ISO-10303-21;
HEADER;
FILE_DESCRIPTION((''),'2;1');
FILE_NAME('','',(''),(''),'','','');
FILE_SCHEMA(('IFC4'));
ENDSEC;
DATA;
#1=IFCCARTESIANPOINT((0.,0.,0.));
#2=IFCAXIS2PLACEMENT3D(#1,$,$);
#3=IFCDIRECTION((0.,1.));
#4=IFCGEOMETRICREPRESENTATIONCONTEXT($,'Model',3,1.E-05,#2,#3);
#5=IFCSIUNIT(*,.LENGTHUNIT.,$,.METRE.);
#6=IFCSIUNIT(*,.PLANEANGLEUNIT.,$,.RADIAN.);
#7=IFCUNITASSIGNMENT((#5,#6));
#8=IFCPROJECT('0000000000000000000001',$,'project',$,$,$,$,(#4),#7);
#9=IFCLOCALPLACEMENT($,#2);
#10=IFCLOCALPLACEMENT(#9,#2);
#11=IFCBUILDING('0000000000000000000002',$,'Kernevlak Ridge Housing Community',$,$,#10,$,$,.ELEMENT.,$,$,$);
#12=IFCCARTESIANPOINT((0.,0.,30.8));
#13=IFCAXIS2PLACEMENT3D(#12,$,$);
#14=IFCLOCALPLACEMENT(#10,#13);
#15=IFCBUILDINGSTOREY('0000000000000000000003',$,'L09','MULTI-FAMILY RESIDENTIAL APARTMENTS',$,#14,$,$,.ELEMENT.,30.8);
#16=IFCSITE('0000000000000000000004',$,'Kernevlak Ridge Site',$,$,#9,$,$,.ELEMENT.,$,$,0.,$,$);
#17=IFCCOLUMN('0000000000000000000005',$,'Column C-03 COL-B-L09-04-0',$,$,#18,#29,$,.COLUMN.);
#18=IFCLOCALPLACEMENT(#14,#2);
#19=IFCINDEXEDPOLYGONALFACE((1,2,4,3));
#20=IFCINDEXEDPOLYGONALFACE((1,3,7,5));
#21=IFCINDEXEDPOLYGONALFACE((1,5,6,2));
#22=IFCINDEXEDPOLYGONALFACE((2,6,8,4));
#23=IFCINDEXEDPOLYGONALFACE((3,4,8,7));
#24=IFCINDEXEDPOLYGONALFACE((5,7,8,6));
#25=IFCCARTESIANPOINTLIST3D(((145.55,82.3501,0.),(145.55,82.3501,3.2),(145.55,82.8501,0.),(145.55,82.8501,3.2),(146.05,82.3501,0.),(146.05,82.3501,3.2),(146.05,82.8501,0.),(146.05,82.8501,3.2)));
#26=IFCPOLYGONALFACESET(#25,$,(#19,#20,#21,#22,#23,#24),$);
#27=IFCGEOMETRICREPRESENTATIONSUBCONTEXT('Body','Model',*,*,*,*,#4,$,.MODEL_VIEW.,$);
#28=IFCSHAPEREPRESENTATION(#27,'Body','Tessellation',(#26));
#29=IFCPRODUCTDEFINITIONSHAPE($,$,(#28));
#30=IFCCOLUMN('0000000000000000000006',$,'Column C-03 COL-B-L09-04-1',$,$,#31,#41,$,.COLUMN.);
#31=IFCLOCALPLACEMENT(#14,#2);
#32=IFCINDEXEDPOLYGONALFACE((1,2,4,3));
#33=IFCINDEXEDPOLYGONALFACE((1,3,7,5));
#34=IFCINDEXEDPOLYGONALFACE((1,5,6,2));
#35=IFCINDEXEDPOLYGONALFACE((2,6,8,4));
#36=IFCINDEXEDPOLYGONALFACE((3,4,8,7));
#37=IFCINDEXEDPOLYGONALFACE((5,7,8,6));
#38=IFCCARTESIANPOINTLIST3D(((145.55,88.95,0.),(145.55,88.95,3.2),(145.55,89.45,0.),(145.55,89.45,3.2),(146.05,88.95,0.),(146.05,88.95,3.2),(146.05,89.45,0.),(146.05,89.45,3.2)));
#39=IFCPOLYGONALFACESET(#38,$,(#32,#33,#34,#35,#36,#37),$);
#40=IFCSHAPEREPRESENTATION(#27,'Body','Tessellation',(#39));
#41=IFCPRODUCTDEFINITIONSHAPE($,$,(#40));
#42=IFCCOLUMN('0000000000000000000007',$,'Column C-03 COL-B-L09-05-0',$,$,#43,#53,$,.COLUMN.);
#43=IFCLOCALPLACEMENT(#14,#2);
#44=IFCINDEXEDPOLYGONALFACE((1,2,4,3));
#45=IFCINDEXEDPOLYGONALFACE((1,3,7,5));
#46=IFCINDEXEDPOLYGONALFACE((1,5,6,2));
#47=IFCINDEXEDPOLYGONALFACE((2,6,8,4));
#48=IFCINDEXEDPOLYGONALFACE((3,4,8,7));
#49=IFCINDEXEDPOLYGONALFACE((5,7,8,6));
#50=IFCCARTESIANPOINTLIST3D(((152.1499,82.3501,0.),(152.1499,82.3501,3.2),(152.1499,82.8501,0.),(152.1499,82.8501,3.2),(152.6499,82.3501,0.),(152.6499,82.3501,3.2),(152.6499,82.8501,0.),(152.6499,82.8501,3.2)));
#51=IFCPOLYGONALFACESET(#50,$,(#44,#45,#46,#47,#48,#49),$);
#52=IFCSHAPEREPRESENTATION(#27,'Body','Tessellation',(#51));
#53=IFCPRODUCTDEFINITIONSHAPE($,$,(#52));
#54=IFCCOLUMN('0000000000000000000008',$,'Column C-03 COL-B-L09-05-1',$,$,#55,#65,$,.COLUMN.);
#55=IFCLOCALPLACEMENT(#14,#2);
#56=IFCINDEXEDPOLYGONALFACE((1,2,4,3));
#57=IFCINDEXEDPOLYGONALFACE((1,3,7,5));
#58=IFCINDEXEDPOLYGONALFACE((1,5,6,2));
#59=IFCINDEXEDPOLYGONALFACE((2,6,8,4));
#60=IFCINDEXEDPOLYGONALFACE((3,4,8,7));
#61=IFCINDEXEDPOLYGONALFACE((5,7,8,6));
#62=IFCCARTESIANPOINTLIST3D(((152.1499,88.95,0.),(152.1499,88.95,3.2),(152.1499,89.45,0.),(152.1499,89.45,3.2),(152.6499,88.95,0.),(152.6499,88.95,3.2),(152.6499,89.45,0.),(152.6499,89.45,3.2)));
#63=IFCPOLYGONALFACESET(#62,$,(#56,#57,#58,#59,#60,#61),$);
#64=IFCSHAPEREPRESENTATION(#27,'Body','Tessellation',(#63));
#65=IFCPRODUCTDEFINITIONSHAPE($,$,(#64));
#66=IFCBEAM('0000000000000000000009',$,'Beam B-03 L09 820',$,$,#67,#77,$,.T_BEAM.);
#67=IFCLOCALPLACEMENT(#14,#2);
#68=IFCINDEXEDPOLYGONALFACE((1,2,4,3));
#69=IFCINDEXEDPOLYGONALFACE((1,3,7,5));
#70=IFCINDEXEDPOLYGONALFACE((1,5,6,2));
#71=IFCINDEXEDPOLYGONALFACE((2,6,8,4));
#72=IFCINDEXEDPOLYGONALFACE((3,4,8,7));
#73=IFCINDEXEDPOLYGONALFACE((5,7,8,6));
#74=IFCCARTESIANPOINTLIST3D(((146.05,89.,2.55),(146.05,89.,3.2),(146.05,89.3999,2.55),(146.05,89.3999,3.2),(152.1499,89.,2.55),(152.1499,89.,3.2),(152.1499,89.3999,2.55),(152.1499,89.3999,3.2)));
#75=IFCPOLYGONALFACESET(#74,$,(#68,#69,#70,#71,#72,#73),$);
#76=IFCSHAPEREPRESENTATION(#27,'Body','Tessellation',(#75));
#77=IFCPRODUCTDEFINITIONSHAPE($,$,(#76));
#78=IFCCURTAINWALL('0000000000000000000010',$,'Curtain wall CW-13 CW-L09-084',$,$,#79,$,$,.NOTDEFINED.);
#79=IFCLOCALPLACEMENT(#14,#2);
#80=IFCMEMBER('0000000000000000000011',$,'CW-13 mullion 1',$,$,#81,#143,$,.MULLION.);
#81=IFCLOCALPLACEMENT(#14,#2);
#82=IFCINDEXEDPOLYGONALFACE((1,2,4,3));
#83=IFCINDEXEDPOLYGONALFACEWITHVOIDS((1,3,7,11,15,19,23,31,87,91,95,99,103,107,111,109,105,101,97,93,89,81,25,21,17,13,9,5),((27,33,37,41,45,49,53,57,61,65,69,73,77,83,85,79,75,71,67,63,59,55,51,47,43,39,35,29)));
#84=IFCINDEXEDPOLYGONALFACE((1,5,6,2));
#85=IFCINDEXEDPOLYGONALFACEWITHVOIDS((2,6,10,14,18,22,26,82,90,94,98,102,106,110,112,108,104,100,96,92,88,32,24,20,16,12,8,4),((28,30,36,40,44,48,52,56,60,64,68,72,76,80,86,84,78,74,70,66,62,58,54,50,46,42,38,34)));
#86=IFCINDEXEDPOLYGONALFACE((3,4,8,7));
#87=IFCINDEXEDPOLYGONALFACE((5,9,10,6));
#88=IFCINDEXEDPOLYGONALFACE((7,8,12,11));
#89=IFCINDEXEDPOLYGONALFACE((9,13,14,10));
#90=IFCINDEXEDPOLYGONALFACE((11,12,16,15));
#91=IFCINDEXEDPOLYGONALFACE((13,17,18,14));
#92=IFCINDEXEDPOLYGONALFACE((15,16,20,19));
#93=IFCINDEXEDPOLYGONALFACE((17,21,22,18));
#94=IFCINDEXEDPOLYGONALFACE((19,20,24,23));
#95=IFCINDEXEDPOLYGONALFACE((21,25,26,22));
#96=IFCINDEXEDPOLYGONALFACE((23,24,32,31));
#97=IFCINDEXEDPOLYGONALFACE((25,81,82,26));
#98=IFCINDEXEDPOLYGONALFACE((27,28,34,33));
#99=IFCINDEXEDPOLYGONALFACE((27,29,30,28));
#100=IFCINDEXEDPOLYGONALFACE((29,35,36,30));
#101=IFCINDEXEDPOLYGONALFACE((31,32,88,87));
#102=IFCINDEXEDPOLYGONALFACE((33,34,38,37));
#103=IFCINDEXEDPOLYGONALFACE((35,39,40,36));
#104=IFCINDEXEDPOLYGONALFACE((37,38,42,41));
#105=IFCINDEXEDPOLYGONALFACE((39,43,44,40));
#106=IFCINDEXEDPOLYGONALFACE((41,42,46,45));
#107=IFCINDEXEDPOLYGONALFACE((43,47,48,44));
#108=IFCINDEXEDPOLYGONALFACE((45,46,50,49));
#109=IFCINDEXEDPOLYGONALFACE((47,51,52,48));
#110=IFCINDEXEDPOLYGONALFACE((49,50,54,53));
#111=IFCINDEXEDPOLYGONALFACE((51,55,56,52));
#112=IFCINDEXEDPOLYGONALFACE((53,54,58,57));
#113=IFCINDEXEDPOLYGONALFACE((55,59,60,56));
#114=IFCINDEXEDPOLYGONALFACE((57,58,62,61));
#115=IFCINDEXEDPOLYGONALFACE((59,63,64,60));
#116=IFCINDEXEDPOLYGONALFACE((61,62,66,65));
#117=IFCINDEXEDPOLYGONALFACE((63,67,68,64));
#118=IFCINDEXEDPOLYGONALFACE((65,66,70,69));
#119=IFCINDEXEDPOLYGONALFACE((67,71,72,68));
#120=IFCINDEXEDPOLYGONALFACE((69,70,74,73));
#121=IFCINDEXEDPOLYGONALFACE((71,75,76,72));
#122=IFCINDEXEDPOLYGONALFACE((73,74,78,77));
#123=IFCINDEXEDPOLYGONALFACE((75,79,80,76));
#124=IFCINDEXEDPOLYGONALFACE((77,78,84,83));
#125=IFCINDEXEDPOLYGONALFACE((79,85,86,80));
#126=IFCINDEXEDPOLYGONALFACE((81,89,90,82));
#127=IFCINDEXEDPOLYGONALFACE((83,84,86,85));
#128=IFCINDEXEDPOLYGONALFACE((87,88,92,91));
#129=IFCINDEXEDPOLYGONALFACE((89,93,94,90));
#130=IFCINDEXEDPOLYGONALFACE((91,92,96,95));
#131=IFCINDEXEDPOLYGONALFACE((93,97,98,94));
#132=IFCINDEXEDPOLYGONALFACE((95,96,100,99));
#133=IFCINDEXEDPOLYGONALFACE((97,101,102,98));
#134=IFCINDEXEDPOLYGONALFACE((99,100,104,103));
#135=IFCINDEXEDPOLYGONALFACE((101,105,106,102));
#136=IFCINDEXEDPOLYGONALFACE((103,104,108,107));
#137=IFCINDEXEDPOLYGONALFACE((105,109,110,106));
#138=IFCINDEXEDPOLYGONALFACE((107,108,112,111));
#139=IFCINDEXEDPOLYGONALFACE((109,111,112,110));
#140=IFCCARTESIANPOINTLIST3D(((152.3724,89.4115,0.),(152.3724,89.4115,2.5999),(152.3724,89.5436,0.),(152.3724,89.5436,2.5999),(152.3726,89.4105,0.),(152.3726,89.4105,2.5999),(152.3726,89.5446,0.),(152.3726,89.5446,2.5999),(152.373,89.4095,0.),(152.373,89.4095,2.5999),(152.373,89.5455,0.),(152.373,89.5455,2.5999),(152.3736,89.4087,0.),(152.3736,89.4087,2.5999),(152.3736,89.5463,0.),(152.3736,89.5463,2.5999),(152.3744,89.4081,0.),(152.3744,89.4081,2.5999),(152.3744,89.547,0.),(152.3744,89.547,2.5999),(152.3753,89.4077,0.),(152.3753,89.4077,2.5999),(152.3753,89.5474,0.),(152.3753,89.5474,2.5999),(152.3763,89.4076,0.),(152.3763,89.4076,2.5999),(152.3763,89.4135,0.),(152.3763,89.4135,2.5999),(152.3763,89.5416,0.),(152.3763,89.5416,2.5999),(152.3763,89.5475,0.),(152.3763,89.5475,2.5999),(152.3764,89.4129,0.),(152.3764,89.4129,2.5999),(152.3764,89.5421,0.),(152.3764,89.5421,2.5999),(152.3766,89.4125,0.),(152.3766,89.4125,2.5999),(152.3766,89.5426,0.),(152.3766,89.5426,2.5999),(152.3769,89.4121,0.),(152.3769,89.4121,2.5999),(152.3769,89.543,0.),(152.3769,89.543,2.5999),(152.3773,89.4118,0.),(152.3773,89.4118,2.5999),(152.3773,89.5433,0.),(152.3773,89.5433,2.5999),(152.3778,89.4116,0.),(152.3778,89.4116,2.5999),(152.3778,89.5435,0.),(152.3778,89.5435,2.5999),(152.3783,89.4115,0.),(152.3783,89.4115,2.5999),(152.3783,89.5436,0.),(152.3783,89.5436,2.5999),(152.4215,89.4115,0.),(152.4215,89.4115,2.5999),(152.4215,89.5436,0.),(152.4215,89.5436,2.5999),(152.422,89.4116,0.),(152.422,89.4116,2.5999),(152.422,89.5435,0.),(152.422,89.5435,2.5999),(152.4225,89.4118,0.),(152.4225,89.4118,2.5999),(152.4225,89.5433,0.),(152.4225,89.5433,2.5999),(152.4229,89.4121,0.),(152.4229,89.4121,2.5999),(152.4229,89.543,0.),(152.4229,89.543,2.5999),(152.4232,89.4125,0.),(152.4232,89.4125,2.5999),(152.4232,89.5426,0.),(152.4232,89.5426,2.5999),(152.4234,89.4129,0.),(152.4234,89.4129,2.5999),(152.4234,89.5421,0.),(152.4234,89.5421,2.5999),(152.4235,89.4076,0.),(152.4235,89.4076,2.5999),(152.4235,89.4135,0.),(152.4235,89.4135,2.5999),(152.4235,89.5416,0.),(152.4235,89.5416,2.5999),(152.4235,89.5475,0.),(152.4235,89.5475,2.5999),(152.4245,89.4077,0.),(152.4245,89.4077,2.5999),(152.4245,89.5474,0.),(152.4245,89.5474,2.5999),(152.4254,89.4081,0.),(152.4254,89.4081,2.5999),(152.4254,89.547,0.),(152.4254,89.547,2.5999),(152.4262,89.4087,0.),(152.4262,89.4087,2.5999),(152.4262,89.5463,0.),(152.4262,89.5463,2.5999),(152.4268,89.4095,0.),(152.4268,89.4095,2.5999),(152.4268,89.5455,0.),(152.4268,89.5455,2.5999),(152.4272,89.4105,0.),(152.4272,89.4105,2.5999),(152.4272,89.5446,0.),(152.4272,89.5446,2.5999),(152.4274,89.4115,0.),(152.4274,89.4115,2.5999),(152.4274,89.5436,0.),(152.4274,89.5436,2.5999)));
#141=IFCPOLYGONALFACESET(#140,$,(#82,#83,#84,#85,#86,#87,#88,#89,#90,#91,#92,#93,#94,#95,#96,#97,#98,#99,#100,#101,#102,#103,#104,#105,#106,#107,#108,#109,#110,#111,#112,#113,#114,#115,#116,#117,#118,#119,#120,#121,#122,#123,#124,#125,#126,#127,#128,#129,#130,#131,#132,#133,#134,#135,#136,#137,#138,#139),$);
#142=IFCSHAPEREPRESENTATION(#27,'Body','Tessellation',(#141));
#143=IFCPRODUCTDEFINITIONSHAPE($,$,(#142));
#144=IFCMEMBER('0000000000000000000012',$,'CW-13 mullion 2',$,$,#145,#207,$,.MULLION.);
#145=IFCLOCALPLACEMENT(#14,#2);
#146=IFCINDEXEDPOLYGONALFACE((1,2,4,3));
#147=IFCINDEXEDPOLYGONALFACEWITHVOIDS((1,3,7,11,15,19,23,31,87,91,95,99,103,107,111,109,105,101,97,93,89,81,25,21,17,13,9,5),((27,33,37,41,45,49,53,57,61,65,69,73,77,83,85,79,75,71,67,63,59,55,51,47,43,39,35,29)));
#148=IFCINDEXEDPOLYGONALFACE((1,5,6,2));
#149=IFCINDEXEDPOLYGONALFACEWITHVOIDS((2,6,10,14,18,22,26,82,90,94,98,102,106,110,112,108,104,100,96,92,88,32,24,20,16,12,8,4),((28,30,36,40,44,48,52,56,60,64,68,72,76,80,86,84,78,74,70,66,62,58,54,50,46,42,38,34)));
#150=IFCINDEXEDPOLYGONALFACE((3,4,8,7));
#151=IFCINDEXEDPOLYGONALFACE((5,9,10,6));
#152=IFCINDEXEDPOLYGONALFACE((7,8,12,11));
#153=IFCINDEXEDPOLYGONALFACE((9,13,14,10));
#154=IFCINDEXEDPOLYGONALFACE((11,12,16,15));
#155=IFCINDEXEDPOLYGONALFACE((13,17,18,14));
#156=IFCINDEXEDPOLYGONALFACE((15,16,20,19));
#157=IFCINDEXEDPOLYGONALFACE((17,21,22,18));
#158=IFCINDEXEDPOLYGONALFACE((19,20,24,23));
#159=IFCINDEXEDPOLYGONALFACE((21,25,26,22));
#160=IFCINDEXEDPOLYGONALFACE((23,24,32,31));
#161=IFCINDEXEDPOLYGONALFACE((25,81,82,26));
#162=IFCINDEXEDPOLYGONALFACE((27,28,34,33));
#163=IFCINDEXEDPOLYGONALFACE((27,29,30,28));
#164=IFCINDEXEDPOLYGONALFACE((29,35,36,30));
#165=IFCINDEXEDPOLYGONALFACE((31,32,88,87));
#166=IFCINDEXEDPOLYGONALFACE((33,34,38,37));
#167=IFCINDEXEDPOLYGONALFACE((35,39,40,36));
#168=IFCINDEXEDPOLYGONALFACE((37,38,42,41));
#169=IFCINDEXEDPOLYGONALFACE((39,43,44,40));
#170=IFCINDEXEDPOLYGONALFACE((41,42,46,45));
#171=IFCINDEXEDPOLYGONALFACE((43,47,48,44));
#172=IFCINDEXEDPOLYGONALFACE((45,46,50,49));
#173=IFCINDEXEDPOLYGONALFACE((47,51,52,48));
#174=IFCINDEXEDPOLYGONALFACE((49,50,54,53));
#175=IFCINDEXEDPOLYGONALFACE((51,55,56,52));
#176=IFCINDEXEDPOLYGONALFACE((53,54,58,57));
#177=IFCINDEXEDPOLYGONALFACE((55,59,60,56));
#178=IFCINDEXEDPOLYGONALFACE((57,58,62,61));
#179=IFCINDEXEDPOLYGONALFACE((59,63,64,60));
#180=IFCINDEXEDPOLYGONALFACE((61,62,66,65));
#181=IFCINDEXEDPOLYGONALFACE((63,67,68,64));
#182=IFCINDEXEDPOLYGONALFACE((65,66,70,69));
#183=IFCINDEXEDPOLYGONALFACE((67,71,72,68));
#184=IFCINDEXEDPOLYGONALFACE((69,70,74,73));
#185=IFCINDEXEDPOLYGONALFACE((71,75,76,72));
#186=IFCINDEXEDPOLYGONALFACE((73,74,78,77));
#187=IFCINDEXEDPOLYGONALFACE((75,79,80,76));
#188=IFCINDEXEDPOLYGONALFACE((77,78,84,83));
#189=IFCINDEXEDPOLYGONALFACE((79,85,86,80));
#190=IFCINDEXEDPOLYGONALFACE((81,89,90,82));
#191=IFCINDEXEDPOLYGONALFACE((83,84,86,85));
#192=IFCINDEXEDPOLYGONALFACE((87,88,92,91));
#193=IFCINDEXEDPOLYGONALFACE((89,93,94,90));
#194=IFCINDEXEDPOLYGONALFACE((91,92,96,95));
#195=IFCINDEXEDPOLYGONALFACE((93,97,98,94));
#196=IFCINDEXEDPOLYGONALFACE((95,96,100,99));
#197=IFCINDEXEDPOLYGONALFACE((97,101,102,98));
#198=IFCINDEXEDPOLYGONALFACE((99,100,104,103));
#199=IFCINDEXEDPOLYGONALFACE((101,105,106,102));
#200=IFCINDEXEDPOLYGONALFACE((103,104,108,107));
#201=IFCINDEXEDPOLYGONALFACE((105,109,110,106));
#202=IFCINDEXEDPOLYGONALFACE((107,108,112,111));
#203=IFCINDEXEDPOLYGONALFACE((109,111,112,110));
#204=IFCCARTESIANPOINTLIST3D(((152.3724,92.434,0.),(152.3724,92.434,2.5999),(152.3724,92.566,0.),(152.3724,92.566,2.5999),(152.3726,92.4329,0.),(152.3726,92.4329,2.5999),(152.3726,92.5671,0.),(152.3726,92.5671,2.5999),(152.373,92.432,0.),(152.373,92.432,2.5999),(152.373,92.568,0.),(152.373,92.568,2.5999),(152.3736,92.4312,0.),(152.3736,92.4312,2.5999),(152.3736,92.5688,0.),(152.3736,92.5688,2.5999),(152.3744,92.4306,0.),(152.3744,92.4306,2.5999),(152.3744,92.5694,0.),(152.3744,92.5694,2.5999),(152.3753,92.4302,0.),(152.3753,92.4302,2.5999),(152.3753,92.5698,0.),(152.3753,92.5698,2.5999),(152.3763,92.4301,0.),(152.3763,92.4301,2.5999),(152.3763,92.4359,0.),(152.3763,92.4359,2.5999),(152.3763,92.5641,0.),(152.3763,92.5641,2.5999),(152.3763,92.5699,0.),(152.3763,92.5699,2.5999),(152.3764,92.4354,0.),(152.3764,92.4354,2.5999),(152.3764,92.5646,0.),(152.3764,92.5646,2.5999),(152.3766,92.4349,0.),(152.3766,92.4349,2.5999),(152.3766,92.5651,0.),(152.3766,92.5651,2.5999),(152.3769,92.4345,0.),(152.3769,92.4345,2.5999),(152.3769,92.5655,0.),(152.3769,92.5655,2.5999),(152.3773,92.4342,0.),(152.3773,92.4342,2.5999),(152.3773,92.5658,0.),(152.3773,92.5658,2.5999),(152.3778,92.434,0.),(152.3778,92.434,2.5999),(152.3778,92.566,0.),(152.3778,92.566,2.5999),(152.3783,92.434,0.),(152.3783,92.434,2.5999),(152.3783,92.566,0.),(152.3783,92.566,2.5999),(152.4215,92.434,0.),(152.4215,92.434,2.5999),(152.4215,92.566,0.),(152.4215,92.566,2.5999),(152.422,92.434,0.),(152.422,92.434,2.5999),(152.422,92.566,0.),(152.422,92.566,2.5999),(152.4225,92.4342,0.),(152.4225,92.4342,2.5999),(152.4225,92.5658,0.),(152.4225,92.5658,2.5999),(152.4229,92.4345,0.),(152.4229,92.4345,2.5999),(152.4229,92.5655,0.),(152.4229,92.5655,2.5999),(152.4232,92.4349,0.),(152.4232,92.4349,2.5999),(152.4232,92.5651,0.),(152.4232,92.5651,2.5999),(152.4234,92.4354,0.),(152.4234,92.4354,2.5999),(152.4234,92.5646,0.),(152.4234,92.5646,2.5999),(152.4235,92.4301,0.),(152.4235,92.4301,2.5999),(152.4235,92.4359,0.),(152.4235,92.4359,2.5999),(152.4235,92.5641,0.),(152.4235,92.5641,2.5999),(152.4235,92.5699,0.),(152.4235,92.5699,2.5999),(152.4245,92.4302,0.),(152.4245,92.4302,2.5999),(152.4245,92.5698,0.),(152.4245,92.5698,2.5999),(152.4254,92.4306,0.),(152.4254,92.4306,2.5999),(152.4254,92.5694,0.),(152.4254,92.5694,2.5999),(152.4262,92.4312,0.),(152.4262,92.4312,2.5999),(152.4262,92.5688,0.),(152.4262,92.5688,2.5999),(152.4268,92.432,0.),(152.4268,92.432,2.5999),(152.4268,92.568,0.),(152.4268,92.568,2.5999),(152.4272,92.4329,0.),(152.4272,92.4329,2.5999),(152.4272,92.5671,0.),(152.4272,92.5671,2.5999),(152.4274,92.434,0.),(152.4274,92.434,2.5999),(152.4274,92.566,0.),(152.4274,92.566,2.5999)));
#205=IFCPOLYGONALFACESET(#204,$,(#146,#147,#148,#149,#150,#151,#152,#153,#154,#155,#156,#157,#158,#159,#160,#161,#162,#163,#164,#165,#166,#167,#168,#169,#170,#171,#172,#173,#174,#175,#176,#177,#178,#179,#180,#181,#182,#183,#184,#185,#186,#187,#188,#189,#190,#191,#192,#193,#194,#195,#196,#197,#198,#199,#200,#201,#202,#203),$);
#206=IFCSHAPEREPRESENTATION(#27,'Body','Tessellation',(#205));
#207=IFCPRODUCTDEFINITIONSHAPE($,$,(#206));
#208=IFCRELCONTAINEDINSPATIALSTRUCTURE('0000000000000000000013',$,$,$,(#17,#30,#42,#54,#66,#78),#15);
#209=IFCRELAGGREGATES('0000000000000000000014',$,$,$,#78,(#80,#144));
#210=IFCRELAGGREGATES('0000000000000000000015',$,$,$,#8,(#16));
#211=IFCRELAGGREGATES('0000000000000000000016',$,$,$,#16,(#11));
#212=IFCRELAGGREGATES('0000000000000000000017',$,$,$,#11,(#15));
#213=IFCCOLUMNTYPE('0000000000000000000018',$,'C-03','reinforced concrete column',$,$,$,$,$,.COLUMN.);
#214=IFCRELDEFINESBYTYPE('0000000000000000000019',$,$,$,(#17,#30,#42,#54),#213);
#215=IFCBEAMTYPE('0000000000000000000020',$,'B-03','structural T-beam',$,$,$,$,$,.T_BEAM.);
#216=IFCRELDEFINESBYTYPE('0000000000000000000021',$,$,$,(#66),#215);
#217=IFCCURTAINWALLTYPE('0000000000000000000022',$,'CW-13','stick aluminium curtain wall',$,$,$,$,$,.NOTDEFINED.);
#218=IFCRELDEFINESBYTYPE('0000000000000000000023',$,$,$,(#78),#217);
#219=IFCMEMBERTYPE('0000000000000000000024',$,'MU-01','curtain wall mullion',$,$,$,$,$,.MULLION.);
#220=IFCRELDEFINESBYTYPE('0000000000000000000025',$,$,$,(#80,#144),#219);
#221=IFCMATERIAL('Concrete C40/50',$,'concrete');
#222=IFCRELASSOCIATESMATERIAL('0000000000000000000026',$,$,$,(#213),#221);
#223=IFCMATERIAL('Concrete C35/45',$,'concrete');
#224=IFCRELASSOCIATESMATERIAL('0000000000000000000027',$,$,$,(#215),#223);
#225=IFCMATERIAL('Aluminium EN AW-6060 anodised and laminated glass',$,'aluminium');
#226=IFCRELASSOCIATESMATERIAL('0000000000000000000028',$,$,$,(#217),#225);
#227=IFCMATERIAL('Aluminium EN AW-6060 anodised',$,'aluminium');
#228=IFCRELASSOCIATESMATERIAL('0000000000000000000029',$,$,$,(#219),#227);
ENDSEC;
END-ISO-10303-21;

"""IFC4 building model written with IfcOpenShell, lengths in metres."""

from ifc_helpers import new_model, si_unit, direction, frame, origin, origin_2d, place, context, subcontext, project, spatial, rectangle, hollow_rectangle, extrude, material, material_profile, profile_set, type_object, element, aggregate, save


model = new_model("IFC4")

# Units and contexts
model_context = context("Model", 3, precision=1e-05, world=origin(), true_north=direction((0.0, 1.0)))
body_context = subcontext(model_context, "Body", "Model", "MODEL_VIEW")
ifc_project = project(units=[si_unit("LENGTHUNIT", "METRE"), si_unit("PLANEANGLEUNIT", "RADIAN")], contexts=[model_context])

# Site, building, storey
site_placement = place(None, origin())
site = spatial("IfcSite", under=ifc_project, at=site_placement, Name="Kernevlak Ridge Site", CompositionType="ELEMENT", RefElevation=0.0)
building_placement = place(site_placement, origin())
building = spatial("IfcBuilding", under=site, at=building_placement, Name="Kernevlak Ridge Housing Community", CompositionType="ELEMENT")
storey_placement = place(building_placement, frame((0.0, 0.0, 30.8)))
storey = spatial("IfcBuildingStorey", under=building, at=storey_placement, Name="L09", Description="MULTI-FAMILY RESIDENTIAL APARTMENTS", CompositionType="ELEMENT", Elevation=30.8)

# Columns
ifc_material_1 = material(Name="Concrete C40/50", Category="concrete")
ifc_material_profile_1 = material_profile(ifc_material_1, rectangle(XDim=0.5, YDim=0.5, at=origin_2d()), Name="RC 500x500")
ifc_profile_set_1 = profile_set([ifc_material_profile_1], Name="Concrete C40/50")
column_type = type_object("IfcColumnType", Name="C-03", Description="reinforced concrete column", PredefinedType="COLUMN", material=ifc_profile_set_1)
for number, where, z_axis, x_axis, name in (
    (1, (145.8, 82.6001, 0.0), (0.0, 0.0, 1.0), (1.0, 0.0, 0.0), "Column C-03 COL-B-L09-04-0"),
    (2, (145.8, 89.2, 0.0), (0.0, 0.0, 1.0), (1.0, 0.0, 0.0), "Column C-03 COL-B-L09-04-1"),
    (3, (152.3999, 82.6001, 0.0), (0.0, 0.0, 1.0), (1.0, 0.0, 0.0), "Column C-03 COL-B-L09-05-0"),
    (4, (152.3999, 89.2, 0.0), (0.0, 0.0, 1.0), (1.0, 0.0, 0.0), "Column C-03 COL-B-L09-05-1"),
):
    element("IfcColumn", number, at=place(storey_placement, frame(where, z_axis=z_axis, x_axis=x_axis)), inside=storey, type_object=column_type, Name=name, PredefinedType="COLUMN", context=body_context, shape_type="SweptSolid", body=[
        extrude(rectangle(XDim=0.5, YDim=0.5, at=origin_2d()), origin(), (0.0, 0.0, 1.0), 3.2),
    ])

# Beam
ifc_material_2 = material(Name="Concrete C35/45", Category="concrete")
ifc_material_profile_2 = material_profile(ifc_material_2, rectangle(XDim=0.3999, YDim=0.6499, at=origin_2d()), Name="RC 400x650")
ifc_profile_set_2 = profile_set([ifc_material_profile_2], Name="Concrete C35/45")
beam_type_1 = type_object("IfcBeamType", Name="B-03", Description="structural T-beam", PredefinedType="T_BEAM", material=ifc_profile_set_2)
beam_1_placement = place(storey_placement, frame((146.05, 89.2, 2.875), z_axis=(1.0, 0.0, 0.0), x_axis=(0.0, 1.0, 0.0)))
element("IfcBeam", 5, at=beam_1_placement, inside=storey, type_object=beam_type_1, Name="Beam B-03 L09 820", PredefinedType="T_BEAM", context=body_context, shape_type="SweptSolid", body=[
    extrude(rectangle(XDim=0.3999, YDim=0.6499, at=origin_2d()), origin(), (0.0, 0.0, 1.0), 6.0999),
])

# Curtain wall, members
ifc_material_3 = material(Name="Aluminium EN AW-6060 anodised and laminated glass", Category="aluminium")
curtain_wall_type = type_object("IfcCurtainWallType", Name="CW-13", Description="stick aluminium curtain wall", PredefinedType="NOTDEFINED", material=ifc_material_3)
curtain_wall_placement = place(storey_placement, origin())
curtain_wall = element("IfcCurtainWall", 6, at=curtain_wall_placement, inside=storey, type_object=curtain_wall_type, Name="Curtain wall CW-13 CW-L09-084", PredefinedType="NOTDEFINED")
ifc_material_4 = material(Name="Aluminium EN AW-6060 anodised", Category="aluminium")
ifc_material_profile_3 = material_profile(ifc_material_4, hollow_rectangle(XDim=0.0549, YDim=0.1399, WallThickness=0.0039, InnerFilletRadius=0.002, OuterFilletRadius=0.0039, at=origin_2d()), Name="ALU 55x140x4")
ifc_profile_set_3 = profile_set([ifc_material_profile_3], Name="Aluminium EN AW-6060 anodised")
member_type_1 = type_object("IfcMemberType", Name="MU-01", Description="curtain wall mullion", PredefinedType="MULLION", material=ifc_profile_set_3)
member_1_placement = place(storey_placement, frame((152.3999, 89.4775, 0.0), z_axis=(0.0, 0.0, 1.0), x_axis=(-1.0, 0.0, 0.0)))
member_1 = element("IfcMember", 7, at=member_1_placement, type_object=member_type_1, Name="CW-13 mullion 1", PredefinedType="MULLION", context=body_context, shape_type="SweptSolid", body=[
    extrude(hollow_rectangle(XDim=0.0549, YDim=0.1399, WallThickness=0.0039, InnerFilletRadius=0.002, OuterFilletRadius=0.0039, at=origin_2d()), origin(), (0.0, 0.0, 1.0), 2.5999),
])
member_2_placement = place(storey_placement, frame((152.3999, 92.5, 0.0), z_axis=(0.0, 0.0, 1.0), x_axis=(-1.0, 0.0, 0.0)))
member_2 = element("IfcMember", 8, at=member_2_placement, type_object=member_type_1, Name="CW-13 mullion 2", PredefinedType="MULLION", context=body_context, shape_type="SweptSolid", body=[
    extrude(hollow_rectangle(XDim=0.0549, YDim=0.1399, WallThickness=0.0039, InnerFilletRadius=0.002, OuterFilletRadius=0.0039, at=origin_2d()), origin(), (0.0, 0.0, 1.0), 2.5999),
])

aggregate(curtain_wall, [member_1, member_2])

save(model, "model.ifc")
